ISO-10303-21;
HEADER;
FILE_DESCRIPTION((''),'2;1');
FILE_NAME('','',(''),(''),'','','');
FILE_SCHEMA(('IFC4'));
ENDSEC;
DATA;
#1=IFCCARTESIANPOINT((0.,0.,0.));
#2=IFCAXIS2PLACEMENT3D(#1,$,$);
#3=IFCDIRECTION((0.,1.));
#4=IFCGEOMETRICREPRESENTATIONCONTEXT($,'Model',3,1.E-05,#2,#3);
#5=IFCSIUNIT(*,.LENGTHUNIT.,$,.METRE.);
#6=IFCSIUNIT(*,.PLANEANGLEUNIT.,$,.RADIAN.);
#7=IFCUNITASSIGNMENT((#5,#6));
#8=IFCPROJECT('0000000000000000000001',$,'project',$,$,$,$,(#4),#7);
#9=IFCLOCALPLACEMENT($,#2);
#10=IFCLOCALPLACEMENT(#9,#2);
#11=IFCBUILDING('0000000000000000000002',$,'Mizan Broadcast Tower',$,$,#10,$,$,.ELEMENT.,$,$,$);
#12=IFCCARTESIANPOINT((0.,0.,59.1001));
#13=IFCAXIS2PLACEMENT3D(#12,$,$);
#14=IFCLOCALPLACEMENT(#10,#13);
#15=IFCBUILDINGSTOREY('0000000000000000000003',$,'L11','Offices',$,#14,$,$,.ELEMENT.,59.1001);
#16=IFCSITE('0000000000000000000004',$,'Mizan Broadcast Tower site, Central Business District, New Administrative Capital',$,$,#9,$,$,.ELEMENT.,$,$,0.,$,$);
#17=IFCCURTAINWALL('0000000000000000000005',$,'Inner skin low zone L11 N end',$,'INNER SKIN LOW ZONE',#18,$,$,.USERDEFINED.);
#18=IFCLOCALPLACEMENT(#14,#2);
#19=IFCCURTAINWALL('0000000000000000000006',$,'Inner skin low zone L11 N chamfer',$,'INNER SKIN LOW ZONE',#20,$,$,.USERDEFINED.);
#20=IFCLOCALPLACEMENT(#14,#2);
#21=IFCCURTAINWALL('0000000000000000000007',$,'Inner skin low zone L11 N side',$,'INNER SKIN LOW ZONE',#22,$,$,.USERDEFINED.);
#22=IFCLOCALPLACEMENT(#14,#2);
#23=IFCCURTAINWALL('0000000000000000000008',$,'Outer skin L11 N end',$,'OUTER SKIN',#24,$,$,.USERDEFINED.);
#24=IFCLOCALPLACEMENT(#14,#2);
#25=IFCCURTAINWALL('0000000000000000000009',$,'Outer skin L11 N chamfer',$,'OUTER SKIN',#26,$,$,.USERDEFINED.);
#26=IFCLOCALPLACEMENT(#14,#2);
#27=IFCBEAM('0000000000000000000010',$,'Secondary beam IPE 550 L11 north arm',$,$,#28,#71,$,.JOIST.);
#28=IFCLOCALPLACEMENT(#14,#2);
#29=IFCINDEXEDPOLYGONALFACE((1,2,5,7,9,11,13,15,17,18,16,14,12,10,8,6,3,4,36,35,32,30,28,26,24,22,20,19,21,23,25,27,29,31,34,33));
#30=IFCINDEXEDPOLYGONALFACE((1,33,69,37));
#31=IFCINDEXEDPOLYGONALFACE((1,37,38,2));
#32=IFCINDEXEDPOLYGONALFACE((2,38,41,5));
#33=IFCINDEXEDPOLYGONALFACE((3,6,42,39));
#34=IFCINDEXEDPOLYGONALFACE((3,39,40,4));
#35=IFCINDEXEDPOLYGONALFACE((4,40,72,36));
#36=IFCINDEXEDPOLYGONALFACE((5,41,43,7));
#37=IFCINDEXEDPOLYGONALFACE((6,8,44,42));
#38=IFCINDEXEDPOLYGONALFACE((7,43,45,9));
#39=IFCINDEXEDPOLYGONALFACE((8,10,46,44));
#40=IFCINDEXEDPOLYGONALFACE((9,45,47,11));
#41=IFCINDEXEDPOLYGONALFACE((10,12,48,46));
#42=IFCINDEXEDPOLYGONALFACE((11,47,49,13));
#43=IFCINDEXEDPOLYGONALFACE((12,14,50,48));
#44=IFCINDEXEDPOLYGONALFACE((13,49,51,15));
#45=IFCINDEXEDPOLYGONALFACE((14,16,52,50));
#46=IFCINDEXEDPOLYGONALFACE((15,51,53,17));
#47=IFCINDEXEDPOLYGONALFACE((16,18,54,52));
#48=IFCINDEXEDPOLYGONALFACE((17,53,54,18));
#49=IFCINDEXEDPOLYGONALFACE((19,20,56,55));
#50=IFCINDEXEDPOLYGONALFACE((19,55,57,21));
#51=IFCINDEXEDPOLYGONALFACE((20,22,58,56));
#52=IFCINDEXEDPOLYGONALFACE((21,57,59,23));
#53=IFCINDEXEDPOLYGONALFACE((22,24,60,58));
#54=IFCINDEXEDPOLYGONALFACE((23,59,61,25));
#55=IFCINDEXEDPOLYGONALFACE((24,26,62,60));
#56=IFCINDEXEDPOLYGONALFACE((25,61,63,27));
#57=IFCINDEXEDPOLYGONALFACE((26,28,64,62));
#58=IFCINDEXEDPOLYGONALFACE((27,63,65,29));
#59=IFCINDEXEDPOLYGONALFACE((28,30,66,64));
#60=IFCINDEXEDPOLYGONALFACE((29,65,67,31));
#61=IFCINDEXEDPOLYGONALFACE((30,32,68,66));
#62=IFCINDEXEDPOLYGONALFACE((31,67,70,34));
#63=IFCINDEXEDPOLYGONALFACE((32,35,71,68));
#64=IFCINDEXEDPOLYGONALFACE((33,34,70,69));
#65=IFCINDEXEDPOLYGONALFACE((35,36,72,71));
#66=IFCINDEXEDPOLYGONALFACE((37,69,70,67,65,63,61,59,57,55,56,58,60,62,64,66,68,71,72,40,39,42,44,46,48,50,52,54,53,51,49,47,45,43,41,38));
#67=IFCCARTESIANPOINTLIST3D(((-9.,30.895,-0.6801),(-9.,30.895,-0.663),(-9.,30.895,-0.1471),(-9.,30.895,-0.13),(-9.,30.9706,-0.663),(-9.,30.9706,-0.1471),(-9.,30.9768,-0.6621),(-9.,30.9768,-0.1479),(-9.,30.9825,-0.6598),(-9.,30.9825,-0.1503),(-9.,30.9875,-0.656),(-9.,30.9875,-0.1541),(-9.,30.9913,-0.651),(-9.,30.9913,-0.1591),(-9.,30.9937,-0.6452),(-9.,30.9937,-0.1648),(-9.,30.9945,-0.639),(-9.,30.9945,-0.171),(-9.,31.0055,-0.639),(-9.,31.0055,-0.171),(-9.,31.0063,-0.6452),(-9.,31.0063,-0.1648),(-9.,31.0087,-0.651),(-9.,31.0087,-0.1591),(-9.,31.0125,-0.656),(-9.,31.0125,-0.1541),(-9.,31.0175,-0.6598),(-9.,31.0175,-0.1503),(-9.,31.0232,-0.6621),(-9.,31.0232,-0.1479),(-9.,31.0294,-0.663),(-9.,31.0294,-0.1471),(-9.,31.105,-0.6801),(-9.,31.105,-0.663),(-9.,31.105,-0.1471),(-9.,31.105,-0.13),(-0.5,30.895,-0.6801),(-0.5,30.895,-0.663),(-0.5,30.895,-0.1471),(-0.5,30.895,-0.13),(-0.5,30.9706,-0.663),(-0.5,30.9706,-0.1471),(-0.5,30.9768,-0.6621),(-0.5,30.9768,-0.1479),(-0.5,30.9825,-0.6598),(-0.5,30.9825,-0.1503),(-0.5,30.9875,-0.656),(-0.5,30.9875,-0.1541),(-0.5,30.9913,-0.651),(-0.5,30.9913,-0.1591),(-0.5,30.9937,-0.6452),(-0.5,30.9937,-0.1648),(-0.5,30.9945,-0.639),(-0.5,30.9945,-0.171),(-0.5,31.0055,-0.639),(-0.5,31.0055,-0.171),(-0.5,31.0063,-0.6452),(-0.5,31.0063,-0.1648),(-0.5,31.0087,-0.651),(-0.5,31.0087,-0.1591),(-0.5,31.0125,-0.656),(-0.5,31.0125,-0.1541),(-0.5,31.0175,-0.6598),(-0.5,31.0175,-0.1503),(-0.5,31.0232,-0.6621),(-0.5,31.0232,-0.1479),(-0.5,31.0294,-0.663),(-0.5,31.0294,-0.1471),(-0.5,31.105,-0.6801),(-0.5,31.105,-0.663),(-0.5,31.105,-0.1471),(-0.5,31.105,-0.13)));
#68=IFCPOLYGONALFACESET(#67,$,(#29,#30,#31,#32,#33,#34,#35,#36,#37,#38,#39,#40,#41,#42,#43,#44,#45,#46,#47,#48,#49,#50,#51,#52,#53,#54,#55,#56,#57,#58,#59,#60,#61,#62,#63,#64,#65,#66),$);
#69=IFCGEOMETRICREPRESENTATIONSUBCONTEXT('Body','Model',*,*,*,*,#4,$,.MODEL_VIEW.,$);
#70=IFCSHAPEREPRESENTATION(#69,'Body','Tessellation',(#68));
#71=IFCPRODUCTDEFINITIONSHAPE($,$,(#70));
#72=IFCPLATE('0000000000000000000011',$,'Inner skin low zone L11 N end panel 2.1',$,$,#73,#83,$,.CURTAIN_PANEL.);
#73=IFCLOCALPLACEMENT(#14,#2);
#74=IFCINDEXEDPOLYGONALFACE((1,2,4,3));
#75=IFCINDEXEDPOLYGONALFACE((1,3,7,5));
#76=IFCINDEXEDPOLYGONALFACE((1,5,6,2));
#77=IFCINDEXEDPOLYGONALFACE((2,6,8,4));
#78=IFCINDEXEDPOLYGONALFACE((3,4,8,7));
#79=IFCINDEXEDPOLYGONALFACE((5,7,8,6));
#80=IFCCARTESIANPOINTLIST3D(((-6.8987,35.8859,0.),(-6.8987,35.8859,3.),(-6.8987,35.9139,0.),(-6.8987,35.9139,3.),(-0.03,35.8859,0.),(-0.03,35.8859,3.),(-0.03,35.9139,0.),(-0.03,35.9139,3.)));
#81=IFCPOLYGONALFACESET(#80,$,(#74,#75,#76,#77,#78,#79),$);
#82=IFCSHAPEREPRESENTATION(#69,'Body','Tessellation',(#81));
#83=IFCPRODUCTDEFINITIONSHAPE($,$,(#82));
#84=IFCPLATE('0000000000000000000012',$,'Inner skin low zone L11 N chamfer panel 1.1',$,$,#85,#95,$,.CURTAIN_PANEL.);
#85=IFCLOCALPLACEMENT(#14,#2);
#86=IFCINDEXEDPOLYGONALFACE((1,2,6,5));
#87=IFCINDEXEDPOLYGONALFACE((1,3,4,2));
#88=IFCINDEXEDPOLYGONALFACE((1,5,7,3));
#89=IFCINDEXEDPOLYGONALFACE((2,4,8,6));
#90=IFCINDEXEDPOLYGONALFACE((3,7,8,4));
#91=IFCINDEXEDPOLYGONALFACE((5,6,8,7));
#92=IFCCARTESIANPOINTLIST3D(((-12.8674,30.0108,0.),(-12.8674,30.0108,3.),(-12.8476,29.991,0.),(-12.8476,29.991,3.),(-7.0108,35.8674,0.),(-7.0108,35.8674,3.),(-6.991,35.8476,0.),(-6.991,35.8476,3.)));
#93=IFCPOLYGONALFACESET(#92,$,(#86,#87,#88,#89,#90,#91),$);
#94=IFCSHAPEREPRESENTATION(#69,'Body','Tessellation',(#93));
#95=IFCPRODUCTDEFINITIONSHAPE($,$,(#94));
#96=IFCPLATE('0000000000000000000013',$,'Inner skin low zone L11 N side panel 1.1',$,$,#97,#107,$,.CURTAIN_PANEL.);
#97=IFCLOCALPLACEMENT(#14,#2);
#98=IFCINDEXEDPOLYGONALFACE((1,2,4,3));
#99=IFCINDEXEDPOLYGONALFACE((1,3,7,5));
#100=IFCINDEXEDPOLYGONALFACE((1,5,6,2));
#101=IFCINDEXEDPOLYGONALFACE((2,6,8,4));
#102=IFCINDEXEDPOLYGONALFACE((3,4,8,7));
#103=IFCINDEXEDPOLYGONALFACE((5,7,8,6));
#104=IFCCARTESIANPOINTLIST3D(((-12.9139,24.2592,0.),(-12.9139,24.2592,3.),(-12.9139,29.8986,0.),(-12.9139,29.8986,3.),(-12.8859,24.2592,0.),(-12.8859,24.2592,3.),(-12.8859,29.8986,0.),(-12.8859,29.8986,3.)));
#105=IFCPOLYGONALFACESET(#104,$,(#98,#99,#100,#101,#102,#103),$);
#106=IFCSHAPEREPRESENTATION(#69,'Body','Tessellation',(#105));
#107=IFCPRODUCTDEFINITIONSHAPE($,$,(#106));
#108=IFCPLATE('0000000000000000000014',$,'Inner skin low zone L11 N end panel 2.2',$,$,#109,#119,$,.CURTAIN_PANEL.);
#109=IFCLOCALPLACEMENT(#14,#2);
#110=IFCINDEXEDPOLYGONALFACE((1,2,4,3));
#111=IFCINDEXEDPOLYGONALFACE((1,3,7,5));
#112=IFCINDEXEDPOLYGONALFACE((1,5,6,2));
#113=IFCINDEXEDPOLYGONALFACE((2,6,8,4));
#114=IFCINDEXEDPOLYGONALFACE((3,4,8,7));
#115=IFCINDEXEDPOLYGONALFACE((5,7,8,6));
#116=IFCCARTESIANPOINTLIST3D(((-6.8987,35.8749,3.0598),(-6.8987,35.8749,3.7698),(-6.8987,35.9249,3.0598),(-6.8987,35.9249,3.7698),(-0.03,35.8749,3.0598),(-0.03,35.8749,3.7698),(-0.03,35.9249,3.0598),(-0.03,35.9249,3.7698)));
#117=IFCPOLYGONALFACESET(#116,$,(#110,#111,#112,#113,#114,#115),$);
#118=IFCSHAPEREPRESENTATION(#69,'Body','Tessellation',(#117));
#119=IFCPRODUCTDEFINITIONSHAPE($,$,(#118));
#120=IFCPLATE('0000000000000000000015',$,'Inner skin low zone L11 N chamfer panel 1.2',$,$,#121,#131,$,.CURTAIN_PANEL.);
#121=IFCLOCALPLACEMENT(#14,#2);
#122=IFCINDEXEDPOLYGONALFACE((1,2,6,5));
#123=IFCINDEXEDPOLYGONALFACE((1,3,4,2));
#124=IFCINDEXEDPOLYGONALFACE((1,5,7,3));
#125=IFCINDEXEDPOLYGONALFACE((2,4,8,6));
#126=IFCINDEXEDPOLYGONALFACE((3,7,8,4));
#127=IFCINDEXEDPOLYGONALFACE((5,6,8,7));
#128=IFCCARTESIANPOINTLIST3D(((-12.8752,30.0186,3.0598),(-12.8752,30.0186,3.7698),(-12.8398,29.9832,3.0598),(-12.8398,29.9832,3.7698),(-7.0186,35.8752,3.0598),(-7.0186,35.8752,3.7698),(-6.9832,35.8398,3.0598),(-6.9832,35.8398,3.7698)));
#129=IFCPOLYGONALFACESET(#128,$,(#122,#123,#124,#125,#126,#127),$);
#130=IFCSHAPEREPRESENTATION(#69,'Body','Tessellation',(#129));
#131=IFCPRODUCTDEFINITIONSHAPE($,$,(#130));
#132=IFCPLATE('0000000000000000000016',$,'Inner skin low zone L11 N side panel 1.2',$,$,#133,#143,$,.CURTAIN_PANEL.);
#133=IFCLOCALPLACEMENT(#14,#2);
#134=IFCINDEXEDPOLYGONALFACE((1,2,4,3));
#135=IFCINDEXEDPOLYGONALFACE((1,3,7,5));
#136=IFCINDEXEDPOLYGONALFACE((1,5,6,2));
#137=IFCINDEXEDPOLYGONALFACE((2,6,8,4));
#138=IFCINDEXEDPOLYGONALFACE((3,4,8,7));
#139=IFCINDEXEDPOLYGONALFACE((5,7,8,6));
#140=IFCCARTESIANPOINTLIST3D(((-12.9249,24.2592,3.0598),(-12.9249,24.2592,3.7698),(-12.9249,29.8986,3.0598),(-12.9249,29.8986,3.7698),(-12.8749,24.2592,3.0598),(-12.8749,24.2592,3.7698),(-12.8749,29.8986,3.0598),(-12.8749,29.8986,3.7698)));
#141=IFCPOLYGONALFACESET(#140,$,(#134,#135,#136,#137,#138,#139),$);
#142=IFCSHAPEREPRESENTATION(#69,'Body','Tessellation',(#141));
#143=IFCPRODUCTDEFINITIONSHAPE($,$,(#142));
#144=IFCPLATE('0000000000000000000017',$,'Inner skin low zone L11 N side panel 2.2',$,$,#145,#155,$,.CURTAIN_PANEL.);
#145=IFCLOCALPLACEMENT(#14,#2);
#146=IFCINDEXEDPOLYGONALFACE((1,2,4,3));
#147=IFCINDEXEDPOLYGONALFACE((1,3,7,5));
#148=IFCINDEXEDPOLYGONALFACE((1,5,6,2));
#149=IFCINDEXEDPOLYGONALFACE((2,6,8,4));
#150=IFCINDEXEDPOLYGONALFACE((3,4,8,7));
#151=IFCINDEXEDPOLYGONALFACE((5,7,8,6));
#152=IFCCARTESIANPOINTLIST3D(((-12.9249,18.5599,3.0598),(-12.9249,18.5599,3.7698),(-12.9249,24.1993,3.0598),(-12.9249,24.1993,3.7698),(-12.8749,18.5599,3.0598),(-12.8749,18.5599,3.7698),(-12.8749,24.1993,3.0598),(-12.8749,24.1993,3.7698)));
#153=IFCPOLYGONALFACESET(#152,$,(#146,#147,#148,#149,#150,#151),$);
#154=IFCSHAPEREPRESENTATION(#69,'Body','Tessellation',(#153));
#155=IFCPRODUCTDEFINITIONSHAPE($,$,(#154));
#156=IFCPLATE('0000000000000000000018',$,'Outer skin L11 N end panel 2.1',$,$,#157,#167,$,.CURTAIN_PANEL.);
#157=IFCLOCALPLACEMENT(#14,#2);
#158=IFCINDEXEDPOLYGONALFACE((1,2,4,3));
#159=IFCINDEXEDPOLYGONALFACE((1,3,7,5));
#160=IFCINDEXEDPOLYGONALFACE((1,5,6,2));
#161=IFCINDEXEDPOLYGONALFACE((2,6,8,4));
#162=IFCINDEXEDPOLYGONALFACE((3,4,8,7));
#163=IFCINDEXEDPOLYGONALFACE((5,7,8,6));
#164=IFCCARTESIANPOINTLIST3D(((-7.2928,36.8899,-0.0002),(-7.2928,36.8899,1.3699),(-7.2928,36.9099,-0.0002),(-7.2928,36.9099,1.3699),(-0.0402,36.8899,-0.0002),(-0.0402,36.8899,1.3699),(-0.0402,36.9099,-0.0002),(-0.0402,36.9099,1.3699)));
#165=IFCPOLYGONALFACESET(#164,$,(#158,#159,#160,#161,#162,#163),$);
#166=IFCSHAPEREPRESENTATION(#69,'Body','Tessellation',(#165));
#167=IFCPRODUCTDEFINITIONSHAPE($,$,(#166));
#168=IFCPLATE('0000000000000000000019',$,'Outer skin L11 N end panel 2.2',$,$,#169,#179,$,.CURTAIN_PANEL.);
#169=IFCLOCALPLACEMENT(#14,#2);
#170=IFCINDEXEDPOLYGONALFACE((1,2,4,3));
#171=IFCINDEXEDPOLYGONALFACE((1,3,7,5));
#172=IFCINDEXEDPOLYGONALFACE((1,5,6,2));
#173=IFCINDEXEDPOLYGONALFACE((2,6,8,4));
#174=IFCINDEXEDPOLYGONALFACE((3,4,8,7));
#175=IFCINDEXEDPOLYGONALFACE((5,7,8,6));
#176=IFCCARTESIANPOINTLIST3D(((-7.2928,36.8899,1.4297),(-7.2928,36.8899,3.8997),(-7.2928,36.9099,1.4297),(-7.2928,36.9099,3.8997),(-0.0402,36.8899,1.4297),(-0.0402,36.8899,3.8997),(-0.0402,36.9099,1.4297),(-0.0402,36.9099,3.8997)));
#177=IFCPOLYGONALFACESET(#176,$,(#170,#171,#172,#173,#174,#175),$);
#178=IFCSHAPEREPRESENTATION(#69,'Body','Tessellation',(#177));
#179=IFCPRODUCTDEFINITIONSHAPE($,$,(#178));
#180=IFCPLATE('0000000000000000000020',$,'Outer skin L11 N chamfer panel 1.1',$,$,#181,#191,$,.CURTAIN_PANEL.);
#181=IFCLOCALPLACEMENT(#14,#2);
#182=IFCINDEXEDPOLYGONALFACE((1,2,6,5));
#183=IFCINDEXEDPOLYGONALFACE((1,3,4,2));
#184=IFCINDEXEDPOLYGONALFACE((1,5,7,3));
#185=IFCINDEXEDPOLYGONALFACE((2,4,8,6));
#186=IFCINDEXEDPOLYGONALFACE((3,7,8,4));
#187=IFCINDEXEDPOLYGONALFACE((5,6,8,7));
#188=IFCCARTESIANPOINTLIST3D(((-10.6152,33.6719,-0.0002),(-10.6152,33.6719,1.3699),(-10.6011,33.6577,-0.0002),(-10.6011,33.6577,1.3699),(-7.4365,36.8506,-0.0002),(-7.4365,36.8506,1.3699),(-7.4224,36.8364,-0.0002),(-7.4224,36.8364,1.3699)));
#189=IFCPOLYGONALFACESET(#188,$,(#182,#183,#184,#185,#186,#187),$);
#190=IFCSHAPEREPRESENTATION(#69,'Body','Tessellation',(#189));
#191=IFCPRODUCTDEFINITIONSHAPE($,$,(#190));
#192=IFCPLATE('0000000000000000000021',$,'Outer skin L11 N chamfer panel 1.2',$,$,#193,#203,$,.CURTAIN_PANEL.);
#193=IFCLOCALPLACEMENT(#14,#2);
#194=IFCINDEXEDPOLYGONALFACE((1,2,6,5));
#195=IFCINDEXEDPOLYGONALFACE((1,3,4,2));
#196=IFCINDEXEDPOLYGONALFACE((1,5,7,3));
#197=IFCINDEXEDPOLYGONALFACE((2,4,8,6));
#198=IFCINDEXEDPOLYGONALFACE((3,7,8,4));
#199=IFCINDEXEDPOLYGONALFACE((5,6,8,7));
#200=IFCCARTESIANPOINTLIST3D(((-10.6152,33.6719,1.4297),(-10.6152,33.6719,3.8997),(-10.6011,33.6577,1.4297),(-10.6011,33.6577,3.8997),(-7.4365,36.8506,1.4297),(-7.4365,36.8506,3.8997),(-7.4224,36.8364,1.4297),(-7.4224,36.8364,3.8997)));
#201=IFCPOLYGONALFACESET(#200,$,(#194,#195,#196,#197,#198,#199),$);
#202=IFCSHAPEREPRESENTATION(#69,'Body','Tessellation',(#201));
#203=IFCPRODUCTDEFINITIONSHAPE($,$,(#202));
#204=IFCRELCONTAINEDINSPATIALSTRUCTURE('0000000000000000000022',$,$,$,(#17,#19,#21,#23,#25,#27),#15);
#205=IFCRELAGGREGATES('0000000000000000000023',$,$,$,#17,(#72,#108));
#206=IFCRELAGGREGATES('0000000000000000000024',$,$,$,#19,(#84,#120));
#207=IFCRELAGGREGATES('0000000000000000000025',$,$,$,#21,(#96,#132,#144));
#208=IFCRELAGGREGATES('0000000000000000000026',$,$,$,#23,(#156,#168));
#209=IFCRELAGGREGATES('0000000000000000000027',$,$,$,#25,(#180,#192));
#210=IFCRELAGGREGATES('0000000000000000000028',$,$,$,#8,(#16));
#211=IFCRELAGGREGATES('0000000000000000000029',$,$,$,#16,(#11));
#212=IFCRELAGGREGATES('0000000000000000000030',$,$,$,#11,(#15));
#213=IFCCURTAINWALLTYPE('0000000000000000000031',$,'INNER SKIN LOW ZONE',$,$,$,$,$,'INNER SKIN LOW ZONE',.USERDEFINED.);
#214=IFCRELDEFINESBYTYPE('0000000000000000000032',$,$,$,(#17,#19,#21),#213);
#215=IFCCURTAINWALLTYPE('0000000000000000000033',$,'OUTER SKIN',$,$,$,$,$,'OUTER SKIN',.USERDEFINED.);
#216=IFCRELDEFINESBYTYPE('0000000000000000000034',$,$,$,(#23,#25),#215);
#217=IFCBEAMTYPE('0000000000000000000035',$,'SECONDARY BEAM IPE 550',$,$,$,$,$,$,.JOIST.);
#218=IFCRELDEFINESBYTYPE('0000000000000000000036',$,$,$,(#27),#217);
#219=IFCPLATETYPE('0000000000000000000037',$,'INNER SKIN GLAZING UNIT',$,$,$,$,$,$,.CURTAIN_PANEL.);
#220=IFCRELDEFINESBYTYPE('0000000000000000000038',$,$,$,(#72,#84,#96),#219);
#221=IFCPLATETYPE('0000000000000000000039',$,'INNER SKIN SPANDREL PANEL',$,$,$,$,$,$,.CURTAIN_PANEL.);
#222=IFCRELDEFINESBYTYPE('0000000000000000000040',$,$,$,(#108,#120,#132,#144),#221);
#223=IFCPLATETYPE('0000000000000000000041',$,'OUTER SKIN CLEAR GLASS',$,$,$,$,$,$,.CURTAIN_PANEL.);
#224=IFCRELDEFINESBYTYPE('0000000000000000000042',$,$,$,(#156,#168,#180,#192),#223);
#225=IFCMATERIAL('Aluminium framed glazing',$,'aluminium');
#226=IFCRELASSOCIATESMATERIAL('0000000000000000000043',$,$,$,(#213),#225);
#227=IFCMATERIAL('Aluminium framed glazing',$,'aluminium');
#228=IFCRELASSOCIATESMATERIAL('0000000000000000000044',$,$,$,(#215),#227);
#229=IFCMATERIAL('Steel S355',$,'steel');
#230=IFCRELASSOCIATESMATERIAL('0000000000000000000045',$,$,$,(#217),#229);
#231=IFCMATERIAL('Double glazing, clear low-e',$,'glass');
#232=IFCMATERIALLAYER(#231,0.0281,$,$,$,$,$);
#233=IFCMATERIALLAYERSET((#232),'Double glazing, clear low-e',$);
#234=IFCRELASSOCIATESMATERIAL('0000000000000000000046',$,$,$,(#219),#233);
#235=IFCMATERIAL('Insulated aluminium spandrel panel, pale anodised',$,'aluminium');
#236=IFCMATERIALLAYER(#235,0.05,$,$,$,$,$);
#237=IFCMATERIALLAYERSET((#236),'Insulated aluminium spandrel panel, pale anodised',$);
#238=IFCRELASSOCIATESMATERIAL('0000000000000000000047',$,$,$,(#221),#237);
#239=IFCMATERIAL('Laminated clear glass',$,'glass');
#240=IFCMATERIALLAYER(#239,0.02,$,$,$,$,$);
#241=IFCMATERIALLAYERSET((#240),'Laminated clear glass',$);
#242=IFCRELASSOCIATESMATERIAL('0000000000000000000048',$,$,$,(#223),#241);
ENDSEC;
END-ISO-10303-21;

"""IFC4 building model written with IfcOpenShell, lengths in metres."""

from ifc_helpers import new_model, si_unit, direction, frame, origin, origin_2d, place, context, subcontext, project, spatial, rectangle, i_section, extrude, material, layer, layer_set, material_profile, profile_set, type_object, element, aggregate, save


model = new_model("IFC4")

# Units and contexts
model_context = context("Model", 3, precision=1e-05, world=origin(), true_north=direction((0.0, 1.0)))
body_context = subcontext(model_context, "Body", "Model", "MODEL_VIEW")
ifc_project = project(units=[si_unit("LENGTHUNIT", "METRE"), si_unit("PLANEANGLEUNIT", "RADIAN")], contexts=[model_context])

# Site, building, storey
site_placement = place(None, origin())
site = spatial("IfcSite", under=ifc_project, at=site_placement, Name="Mizan Broadcast Tower site, Central Business District, New Administrative Capital", CompositionType="ELEMENT", RefElevation=0.0)
building_placement = place(site_placement, origin())
building = spatial("IfcBuilding", under=site, at=building_placement, Name="Mizan Broadcast Tower", CompositionType="ELEMENT")
storey_placement = place(building_placement, frame((0.0, 0.0, 59.1001)))
storey = spatial("IfcBuildingStorey", under=building, at=storey_placement, Name="L11", Description="Offices", CompositionType="ELEMENT", Elevation=59.1001)

# Curtain walls
ifc_material_1 = material(Name="Aluminium framed glazing", Category="aluminium")
curtain_wall_type_1 = type_object("IfcCurtainWallType", Name="INNER SKIN LOW ZONE", ElementType="INNER SKIN LOW ZONE", PredefinedType="USERDEFINED", material=ifc_material_1)
curtain_wall_1_placement = place(storey_placement, origin())
curtain_wall_1 = element("IfcCurtainWall", 1, at=curtain_wall_1_placement, inside=storey, type_object=curtain_wall_type_1, Name="Inner skin low zone L11 N end", ObjectType="INNER SKIN LOW ZONE", PredefinedType="USERDEFINED")
curtain_wall_2_placement = place(storey_placement, origin())
curtain_wall_2 = element("IfcCurtainWall", 2, at=curtain_wall_2_placement, inside=storey, type_object=curtain_wall_type_1, Name="Inner skin low zone L11 N chamfer", ObjectType="INNER SKIN LOW ZONE", PredefinedType="USERDEFINED")
curtain_wall_3_placement = place(storey_placement, origin())
curtain_wall_3 = element("IfcCurtainWall", 3, at=curtain_wall_3_placement, inside=storey, type_object=curtain_wall_type_1, Name="Inner skin low zone L11 N side", ObjectType="INNER SKIN LOW ZONE", PredefinedType="USERDEFINED")

# Curtain walls
ifc_material_2 = material(Name="Aluminium framed glazing", Category="aluminium")
curtain_wall_type_2 = type_object("IfcCurtainWallType", Name="OUTER SKIN", ElementType="OUTER SKIN", PredefinedType="USERDEFINED", material=ifc_material_2)
curtain_wall_4_placement = place(storey_placement, origin())
curtain_wall_4 = element("IfcCurtainWall", 4, at=curtain_wall_4_placement, inside=storey, type_object=curtain_wall_type_2, Name="Outer skin L11 N end", ObjectType="OUTER SKIN", PredefinedType="USERDEFINED")
curtain_wall_5_placement = place(storey_placement, origin())
curtain_wall_5 = element("IfcCurtainWall", 5, at=curtain_wall_5_placement, inside=storey, type_object=curtain_wall_type_2, Name="Outer skin L11 N chamfer", ObjectType="OUTER SKIN", PredefinedType="USERDEFINED")

# Beam
ifc_material_3 = material(Name="Steel S355", Category="steel")
ifc_material_profile_1 = material_profile(ifc_material_3, i_section(OverallWidth=0.21, OverallDepth=0.55, WebThickness=0.011, FlangeThickness=0.0171, FilletRadius=0.0239, at=origin_2d()), Name="IPE 550")
ifc_profile_set_1 = profile_set([ifc_material_profile_1], Name="Steel S355")
beam_type_1 = type_object("IfcBeamType", Name="SECONDARY BEAM IPE 550", PredefinedType="JOIST", material=ifc_profile_set_1)
beam_1_placement = place(storey_placement, frame((-9.0, 31.0, -0.405), z_axis=(1.0, 0.0, 0.0), x_axis=(0.0, 1.0, 0.0)))
element("IfcBeam", 6, at=beam_1_placement, inside=storey, type_object=beam_type_1, Name="Secondary beam IPE 550 L11 north arm", PredefinedType="JOIST", context=body_context, shape_type="SweptSolid", body=[
    extrude(i_section(OverallWidth=0.21, OverallDepth=0.55, WebThickness=0.011, FlangeThickness=0.0171, FilletRadius=0.0239, at=origin_2d()), origin(), (0.0, 0.0, 1.0), 8.5),
])

# Plates
ifc_material_4 = material(Name="Double glazing, clear low-e", Category="glass")
ifc_layer_1 = layer(ifc_material_4, 0.0281)
ifc_layer_set_1 = layer_set([ifc_layer_1], Name="Double glazing, clear low-e")
plate_type_1 = type_object("IfcPlateType", Name="INNER SKIN GLAZING UNIT", PredefinedType="CURTAIN_PANEL", material=ifc_layer_set_1)
plate_1_placement = place(storey_placement, frame((-3.4644, 35.8999, 0.0), z_axis=(0.0, 0.0, 1.0), x_axis=(-1.0, 0.0, 0.0)))
plate_1 = element("IfcPlate", 7, at=plate_1_placement, type_object=plate_type_1, Name="Inner skin low zone L11 N end panel 2.1", PredefinedType="CURTAIN_PANEL", context=body_context, shape_type="SweptSolid", body=[
    extrude(rectangle(XDim=6.8687, YDim=0.0281, at=origin_2d()), origin(), (0.0, 0.0, 1.0), 3.0),
])
plate_2_placement = place(storey_placement, frame((-9.9292, 32.9292, 0.0), z_axis=(0.0, 0.0, 1.0), x_axis=(-0.707107, -0.707107, 0.0)))
plate_2 = element("IfcPlate", 8, at=plate_2_placement, type_object=plate_type_1, Name="Inner skin low zone L11 N chamfer panel 1.1", PredefinedType="CURTAIN_PANEL", context=body_context, shape_type="SweptSolid", body=[
    extrude(rectangle(XDim=8.2825, YDim=0.0281, at=origin_2d()), origin(), (0.0, 0.0, 1.0), 3.0),
])
plate_3_placement = place(storey_placement, frame((-12.8999, 27.0789, 0.0), z_axis=(0.0, 0.0, 1.0), x_axis=(0.0, -1.0, 0.0)))
plate_3 = element("IfcPlate", 9, at=plate_3_placement, type_object=plate_type_1, Name="Inner skin low zone L11 N side panel 1.1", PredefinedType="CURTAIN_PANEL", context=body_context, shape_type="SweptSolid", body=[
    extrude(rectangle(XDim=5.6394, YDim=0.0281, at=origin_2d()), origin(), (0.0, 0.0, 1.0), 3.0),
])
ifc_material_5 = material(Name="Insulated aluminium spandrel panel, pale anodised", Category="aluminium")
ifc_layer_2 = layer(ifc_material_5, 0.05)
ifc_layer_set_2 = layer_set([ifc_layer_2], Name="Insulated aluminium spandrel panel, pale anodised")
plate_type_2 = type_object("IfcPlateType", Name="INNER SKIN SPANDREL PANEL", PredefinedType="CURTAIN_PANEL", material=ifc_layer_set_2)
plate_4_placement = place(storey_placement, frame((-3.4644, 35.8999, 3.0598), z_axis=(0.0, 0.0, 1.0), x_axis=(-1.0, 0.0, 0.0)))
plate_4 = element("IfcPlate", 10, at=plate_4_placement, type_object=plate_type_2, Name="Inner skin low zone L11 N end panel 2.2", PredefinedType="CURTAIN_PANEL", context=body_context, shape_type="SweptSolid", body=[
    extrude(rectangle(XDim=6.8687, YDim=0.05, at=origin_2d()), origin(), (0.0, 0.0, 1.0), 0.71),
])
aggregate(curtain_wall_1, [plate_1, plate_4])
plate_5_placement = place(storey_placement, frame((-9.9292, 32.9292, 3.0598), z_axis=(0.0, 0.0, 1.0), x_axis=(-0.707107, -0.707107, 0.0)))
plate_5 = element("IfcPlate", 11, at=plate_5_placement, type_object=plate_type_2, Name="Inner skin low zone L11 N chamfer panel 1.2", PredefinedType="CURTAIN_PANEL", context=body_context, shape_type="SweptSolid", body=[
    extrude(rectangle(XDim=8.2825, YDim=0.05, at=origin_2d()), origin(), (0.0, 0.0, 1.0), 0.71),
])
aggregate(curtain_wall_2, [plate_2, plate_5])
plate_6_placement = place(storey_placement, frame((-12.8999, 27.0789, 3.0598), z_axis=(0.0, 0.0, 1.0), x_axis=(0.0, -1.0, 0.0)))
plate_6 = element("IfcPlate", 12, at=plate_6_placement, type_object=plate_type_2, Name="Inner skin low zone L11 N side panel 1.2", PredefinedType="CURTAIN_PANEL", context=body_context, shape_type="SweptSolid", body=[
    extrude(rectangle(XDim=5.6394, YDim=0.05, at=origin_2d()), origin(), (0.0, 0.0, 1.0), 0.71),
])
plate_7_placement = place(storey_placement, frame((-12.8999, 21.3796, 3.0598), z_axis=(0.0, 0.0, 1.0), x_axis=(0.0, -1.0, 0.0)))
plate_7 = element("IfcPlate", 13, at=plate_7_placement, type_object=plate_type_2, Name="Inner skin low zone L11 N side panel 2.2", PredefinedType="CURTAIN_PANEL", context=body_context, shape_type="SweptSolid", body=[
    extrude(rectangle(XDim=5.6394, YDim=0.05, at=origin_2d()), origin(), (0.0, 0.0, 1.0), 0.71),
])
aggregate(curtain_wall_3, [plate_3, plate_6, plate_7])
ifc_material_6 = material(Name="Laminated clear glass", Category="glass")
ifc_layer_3 = layer(ifc_material_6, 0.02)
ifc_layer_set_3 = layer_set([ifc_layer_3], Name="Laminated clear glass")
plate_type_3 = type_object("IfcPlateType", Name="OUTER SKIN CLEAR GLASS", PredefinedType="CURTAIN_PANEL", material=ifc_layer_set_3)
plate_8_placement = place(storey_placement, frame((-3.6665, 36.8999, -0.0002), z_axis=(0.0, 0.0, 1.0), x_axis=(-1.0, 0.0, 0.0)))
plate_8 = element("IfcPlate", 14, at=plate_8_placement, type_object=plate_type_3, Name="Outer skin L11 N end panel 2.1", PredefinedType="CURTAIN_PANEL", context=body_context, shape_type="SweptSolid", body=[
    extrude(rectangle(XDim=7.2527, YDim=0.02, at=origin_2d()), origin(), (0.0, 0.0, 1.0), 1.3701),
])
plate_9_placement = place(storey_placement, frame((-3.6665, 36.8999, 1.4297), z_axis=(0.0, 0.0, 1.0), x_axis=(-1.0, 0.0, 0.0)))
plate_9 = element("IfcPlate", 15, at=plate_9_placement, type_object=plate_type_3, Name="Outer skin L11 N end panel 2.2", PredefinedType="CURTAIN_PANEL", context=body_context, shape_type="SweptSolid", body=[
    extrude(rectangle(XDim=7.2527, YDim=0.02, at=origin_2d()), origin(), (0.0, 0.0, 1.0), 2.47),
])
aggregate(curtain_wall_4, [plate_8, plate_9])
plate_10_placement = place(storey_placement, frame((-9.0188, 35.2542, -0.0002), z_axis=(0.0, 0.0, 1.0), x_axis=(-0.707107, -0.707107, 0.0)))
plate_10 = element("IfcPlate", 16, at=plate_10_placement, type_object=plate_type_3, Name="Outer skin L11 N chamfer panel 1.1", PredefinedType="CURTAIN_PANEL", context=body_context, shape_type="SweptSolid", body=[
    extrude(rectangle(XDim=4.4954, YDim=0.02, at=origin_2d()), origin(), (0.0, 0.0, 1.0), 1.3701),
])
plate_11_placement = place(storey_placement, frame((-9.0188, 35.2542, 1.4297), z_axis=(0.0, 0.0, 1.0), x_axis=(-0.707107, -0.707107, 0.0)))
plate_11 = element("IfcPlate", 17, at=plate_11_placement, type_object=plate_type_3, Name="Outer skin L11 N chamfer panel 1.2", PredefinedType="CURTAIN_PANEL", context=body_context, shape_type="SweptSolid", body=[
    extrude(rectangle(XDim=4.4954, YDim=0.02, at=origin_2d()), origin(), (0.0, 0.0, 1.0), 2.47),
])
aggregate(curtain_wall_5, [plate_10, plate_11])

save(model, "model.ifc")
